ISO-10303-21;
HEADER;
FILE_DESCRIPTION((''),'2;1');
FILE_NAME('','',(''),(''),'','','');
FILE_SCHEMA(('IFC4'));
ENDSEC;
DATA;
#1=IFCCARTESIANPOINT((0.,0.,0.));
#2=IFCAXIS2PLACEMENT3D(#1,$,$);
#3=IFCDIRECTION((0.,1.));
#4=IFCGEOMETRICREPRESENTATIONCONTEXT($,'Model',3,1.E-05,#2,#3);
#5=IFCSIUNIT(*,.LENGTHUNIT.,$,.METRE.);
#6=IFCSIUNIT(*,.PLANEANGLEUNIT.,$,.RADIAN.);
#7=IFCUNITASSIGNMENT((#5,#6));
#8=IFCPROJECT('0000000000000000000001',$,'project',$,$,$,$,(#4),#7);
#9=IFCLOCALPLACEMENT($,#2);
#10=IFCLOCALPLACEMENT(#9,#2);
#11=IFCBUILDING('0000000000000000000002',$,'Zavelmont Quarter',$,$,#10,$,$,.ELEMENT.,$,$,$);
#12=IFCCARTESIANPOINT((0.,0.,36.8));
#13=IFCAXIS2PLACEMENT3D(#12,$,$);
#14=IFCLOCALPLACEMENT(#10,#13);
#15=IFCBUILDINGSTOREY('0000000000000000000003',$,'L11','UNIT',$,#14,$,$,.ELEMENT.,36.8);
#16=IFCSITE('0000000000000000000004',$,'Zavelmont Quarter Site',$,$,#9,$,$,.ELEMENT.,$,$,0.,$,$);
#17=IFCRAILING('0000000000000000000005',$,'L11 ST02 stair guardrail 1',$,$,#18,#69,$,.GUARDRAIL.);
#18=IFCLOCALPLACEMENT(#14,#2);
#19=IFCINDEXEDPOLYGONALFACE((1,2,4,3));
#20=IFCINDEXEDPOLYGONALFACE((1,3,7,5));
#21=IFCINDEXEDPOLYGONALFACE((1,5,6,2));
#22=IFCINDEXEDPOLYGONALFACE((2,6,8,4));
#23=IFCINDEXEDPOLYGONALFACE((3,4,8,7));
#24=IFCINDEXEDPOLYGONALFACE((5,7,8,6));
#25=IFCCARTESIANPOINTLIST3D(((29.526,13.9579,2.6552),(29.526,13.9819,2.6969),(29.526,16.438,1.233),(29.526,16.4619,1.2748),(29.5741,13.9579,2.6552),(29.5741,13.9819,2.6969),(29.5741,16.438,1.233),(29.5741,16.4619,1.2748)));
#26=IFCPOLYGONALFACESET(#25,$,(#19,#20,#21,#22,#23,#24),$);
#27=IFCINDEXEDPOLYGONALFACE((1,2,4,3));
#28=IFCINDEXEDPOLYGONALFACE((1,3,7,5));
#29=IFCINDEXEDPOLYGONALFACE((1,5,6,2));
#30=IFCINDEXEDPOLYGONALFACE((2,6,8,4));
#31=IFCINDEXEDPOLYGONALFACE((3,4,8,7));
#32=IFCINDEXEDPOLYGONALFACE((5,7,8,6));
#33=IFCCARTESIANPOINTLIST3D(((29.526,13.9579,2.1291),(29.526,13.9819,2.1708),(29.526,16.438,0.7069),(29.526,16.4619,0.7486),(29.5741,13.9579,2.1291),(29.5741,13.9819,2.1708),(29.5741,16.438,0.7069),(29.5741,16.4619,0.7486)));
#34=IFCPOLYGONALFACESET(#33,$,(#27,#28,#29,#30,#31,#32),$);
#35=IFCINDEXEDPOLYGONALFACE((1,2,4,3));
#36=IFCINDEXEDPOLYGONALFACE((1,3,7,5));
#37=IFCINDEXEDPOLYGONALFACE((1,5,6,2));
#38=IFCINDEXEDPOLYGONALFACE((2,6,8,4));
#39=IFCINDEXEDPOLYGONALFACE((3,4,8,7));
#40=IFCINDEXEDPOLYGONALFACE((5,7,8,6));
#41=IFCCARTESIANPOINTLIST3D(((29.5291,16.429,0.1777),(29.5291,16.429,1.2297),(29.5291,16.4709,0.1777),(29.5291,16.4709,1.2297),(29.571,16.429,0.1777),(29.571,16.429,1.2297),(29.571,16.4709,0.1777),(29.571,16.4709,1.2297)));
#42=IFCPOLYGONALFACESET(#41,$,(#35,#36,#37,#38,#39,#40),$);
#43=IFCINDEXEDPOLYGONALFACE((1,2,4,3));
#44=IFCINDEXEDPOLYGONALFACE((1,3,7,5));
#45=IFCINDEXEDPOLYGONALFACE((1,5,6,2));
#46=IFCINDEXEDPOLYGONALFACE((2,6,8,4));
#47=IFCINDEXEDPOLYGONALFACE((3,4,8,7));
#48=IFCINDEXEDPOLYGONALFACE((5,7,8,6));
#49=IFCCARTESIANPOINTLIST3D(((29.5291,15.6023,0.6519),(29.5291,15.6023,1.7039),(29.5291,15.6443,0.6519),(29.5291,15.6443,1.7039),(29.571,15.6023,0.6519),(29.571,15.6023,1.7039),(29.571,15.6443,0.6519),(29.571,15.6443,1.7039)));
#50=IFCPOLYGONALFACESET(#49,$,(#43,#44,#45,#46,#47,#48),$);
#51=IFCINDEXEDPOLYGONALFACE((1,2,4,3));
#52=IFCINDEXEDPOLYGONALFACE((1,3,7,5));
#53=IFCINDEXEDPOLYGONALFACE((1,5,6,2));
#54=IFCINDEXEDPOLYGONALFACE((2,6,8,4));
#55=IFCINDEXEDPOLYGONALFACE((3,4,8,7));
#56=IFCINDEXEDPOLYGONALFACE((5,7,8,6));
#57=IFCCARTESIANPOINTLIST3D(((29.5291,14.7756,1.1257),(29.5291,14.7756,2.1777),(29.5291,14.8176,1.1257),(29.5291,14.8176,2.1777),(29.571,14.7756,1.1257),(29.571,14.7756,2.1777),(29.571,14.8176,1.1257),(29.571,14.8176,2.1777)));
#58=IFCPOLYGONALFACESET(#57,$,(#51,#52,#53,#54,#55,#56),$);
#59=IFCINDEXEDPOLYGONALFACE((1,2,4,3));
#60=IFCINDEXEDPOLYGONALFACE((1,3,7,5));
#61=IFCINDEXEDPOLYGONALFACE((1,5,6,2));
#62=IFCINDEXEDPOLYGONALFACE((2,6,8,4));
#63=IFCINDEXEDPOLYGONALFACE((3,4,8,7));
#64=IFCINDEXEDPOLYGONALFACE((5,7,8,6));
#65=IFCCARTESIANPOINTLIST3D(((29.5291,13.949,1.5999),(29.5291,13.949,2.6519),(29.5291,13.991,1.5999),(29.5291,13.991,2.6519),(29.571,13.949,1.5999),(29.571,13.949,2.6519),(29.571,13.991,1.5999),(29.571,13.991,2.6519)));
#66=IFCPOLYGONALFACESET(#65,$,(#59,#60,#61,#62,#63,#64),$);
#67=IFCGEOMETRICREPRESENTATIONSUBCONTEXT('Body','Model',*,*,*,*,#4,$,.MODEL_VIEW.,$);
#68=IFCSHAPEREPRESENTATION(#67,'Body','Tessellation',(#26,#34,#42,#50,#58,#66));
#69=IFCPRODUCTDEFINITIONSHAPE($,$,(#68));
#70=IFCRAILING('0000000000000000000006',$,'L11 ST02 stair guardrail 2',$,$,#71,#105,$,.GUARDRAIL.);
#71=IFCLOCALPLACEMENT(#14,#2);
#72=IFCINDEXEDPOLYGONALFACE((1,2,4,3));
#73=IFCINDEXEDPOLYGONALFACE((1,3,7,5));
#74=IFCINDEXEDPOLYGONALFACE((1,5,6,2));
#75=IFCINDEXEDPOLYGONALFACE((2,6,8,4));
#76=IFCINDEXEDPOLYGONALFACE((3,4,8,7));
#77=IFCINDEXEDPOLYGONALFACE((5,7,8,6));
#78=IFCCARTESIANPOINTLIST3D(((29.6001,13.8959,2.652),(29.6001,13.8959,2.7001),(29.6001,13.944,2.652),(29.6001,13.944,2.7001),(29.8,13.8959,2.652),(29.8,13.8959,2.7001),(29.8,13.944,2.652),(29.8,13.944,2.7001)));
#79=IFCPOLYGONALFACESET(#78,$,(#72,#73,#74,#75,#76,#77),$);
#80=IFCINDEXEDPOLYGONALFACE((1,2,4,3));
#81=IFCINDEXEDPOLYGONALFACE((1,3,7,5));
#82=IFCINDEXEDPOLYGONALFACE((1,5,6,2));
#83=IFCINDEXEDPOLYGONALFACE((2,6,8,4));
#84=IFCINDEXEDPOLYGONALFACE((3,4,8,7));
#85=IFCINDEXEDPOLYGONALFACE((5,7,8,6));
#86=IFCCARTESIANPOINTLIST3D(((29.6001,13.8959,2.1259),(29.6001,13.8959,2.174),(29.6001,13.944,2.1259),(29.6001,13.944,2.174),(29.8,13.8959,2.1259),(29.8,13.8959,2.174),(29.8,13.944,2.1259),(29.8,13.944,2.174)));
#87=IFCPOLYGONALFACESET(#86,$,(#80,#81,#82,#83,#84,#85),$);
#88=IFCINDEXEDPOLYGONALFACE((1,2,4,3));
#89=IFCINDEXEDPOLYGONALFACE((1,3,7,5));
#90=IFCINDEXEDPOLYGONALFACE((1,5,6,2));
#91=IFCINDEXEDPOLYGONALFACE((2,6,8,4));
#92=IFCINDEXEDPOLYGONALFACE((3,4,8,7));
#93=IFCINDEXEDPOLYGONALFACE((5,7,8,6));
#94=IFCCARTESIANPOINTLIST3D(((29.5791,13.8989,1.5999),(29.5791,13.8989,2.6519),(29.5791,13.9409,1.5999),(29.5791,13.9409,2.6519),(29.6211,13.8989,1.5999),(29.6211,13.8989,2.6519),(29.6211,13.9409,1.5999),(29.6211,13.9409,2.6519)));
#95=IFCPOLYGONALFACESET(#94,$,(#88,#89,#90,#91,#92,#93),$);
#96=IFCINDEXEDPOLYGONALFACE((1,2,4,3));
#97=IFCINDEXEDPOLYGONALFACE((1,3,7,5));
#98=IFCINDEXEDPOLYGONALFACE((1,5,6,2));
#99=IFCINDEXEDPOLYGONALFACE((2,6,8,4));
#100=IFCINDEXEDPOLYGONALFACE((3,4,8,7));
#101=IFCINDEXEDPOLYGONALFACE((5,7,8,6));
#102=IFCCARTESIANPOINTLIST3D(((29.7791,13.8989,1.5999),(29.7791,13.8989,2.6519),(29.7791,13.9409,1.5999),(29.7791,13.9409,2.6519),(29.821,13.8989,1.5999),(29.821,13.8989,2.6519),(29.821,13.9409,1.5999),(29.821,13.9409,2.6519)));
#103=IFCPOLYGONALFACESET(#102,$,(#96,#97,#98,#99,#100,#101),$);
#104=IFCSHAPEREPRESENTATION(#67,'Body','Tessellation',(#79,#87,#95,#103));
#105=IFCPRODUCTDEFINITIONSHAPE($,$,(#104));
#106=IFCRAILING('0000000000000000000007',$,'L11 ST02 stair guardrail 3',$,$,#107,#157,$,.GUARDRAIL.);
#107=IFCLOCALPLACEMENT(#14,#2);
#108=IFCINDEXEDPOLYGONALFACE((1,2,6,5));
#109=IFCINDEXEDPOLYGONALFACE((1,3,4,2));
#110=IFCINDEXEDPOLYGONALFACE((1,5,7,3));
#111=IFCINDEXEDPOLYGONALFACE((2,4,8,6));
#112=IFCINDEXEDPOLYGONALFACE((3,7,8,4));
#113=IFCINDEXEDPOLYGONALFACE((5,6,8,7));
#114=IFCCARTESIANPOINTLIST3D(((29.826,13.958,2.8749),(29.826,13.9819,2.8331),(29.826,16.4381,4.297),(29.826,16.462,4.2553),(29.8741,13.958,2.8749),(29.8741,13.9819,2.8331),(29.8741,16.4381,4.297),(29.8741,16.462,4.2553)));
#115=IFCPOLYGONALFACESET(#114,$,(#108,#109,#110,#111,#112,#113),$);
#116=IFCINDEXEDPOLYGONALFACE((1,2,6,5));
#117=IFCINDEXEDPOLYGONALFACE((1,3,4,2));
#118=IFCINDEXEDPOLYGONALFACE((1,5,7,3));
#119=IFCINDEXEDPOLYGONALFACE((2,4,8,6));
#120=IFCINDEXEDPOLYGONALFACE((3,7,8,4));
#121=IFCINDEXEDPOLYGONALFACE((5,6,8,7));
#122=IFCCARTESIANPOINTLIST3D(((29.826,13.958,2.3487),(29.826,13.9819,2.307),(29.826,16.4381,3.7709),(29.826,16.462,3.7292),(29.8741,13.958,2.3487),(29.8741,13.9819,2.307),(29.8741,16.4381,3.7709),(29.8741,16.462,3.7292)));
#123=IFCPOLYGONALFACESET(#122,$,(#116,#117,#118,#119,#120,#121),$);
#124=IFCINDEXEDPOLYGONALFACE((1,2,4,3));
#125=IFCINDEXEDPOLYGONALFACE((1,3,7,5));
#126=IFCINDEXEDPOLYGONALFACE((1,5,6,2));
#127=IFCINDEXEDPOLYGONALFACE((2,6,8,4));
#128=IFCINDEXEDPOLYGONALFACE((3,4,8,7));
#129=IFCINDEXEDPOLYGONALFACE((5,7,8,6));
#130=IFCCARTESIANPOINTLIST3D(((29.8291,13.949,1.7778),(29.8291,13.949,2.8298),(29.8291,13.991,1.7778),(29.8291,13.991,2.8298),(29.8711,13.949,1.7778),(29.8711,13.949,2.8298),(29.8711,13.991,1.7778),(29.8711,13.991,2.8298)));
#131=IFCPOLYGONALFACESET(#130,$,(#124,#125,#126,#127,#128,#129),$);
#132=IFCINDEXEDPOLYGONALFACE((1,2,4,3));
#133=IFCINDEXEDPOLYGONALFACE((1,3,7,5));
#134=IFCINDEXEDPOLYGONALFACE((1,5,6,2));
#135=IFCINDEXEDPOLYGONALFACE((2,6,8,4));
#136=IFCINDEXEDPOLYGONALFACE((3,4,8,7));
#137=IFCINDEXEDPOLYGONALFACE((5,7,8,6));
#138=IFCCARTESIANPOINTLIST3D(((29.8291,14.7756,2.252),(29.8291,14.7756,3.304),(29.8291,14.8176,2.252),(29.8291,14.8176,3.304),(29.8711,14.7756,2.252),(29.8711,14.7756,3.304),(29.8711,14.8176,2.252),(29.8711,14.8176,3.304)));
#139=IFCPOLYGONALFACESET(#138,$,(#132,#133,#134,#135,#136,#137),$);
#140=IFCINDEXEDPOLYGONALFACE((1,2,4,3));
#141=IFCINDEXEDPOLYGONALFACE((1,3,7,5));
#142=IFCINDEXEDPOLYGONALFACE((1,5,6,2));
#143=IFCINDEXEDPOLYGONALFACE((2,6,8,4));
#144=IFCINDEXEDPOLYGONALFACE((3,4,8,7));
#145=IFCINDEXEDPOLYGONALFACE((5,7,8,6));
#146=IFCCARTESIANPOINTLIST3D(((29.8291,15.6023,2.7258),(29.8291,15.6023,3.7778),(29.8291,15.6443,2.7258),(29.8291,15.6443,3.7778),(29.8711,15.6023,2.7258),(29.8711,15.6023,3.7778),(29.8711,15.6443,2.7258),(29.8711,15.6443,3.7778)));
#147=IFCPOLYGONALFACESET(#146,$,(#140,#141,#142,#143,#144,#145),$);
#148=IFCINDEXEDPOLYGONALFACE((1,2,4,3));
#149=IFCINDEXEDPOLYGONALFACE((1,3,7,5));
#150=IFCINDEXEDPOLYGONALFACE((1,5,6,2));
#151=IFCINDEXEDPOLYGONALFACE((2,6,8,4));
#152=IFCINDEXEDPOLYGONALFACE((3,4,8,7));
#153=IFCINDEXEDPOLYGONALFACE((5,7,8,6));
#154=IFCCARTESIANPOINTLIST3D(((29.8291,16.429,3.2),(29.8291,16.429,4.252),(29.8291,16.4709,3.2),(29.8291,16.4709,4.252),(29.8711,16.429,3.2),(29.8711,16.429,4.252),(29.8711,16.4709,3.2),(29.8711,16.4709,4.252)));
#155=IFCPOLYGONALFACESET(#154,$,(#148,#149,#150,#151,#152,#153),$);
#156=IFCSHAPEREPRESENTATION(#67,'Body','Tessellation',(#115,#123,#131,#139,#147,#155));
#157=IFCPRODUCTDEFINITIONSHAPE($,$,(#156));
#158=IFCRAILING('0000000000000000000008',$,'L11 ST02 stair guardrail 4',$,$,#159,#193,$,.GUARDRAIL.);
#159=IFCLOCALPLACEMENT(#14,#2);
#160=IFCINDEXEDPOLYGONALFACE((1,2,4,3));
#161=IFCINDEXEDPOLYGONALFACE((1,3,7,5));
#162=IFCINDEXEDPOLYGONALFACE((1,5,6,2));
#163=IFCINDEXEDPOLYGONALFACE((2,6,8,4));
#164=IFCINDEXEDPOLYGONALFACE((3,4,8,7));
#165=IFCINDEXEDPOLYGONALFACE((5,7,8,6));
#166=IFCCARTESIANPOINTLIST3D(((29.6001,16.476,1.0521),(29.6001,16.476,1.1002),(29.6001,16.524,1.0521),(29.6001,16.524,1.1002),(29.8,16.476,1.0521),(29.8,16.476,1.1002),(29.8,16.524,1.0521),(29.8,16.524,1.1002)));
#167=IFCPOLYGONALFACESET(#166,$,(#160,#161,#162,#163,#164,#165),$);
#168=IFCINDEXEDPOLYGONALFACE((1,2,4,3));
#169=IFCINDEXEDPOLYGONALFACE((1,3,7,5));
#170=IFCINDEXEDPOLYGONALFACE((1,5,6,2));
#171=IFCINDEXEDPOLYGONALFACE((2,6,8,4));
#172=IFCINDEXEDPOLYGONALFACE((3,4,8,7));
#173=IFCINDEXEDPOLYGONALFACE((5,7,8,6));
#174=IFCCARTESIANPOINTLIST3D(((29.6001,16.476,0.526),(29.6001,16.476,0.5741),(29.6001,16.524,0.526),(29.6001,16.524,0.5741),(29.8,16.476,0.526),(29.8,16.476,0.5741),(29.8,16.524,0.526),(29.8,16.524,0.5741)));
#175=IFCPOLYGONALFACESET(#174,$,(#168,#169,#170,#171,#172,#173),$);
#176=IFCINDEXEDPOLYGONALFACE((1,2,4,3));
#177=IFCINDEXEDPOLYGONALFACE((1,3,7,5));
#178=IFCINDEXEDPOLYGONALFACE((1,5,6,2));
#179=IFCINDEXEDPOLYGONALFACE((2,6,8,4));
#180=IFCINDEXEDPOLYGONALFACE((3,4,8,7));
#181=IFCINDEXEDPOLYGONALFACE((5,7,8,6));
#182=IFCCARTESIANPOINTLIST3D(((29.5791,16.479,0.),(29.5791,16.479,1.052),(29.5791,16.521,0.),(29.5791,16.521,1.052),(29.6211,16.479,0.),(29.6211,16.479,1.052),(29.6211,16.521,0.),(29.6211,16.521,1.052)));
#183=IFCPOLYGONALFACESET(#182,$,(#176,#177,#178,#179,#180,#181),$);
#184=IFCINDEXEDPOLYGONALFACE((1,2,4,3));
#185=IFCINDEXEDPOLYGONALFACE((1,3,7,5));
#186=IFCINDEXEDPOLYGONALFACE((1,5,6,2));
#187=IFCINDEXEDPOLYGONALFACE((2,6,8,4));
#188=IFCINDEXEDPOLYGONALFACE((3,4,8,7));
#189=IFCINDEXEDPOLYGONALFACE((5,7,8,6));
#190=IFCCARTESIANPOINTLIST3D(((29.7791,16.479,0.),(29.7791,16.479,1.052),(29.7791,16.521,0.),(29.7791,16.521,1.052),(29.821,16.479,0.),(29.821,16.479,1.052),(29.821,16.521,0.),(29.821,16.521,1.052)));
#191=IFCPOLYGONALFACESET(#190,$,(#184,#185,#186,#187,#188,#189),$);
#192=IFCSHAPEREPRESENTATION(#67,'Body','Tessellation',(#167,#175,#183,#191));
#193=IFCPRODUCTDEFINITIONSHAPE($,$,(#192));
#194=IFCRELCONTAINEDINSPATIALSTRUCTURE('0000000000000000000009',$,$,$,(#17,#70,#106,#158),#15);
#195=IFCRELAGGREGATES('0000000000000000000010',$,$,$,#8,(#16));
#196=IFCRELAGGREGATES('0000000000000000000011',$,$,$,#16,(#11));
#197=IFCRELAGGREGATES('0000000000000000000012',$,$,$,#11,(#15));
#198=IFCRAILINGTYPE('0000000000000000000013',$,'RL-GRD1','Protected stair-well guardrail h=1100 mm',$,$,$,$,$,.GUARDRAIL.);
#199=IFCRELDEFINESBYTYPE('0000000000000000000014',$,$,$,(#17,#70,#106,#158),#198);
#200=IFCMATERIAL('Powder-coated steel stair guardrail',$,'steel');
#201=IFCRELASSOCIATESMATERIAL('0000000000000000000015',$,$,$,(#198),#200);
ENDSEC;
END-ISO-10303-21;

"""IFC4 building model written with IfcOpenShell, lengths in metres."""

from ifc_helpers import new_model, si_unit, direction, frame, origin, origin_2d, place, context, subcontext, project, spatial, rectangle, extrude, material, type_object, element, save


model = new_model("IFC4")

# Units and contexts
model_context = context("Model", 3, precision=1e-05, world=origin(), true_north=direction((0.0, 1.0)))
body_context = subcontext(model_context, "Body", "Model", "MODEL_VIEW")
ifc_project = project(units=[si_unit("LENGTHUNIT", "METRE"), si_unit("PLANEANGLEUNIT", "RADIAN")], contexts=[model_context])

# Site, building, storey
site_placement = place(None, origin())
site = spatial("IfcSite", under=ifc_project, at=site_placement, Name="Zavelmont Quarter Site", CompositionType="ELEMENT", RefElevation=0.0)
building_placement = place(site_placement, origin())
building = spatial("IfcBuilding", under=site, at=building_placement, Name="Zavelmont Quarter", CompositionType="ELEMENT")
storey_placement = place(building_placement, frame((0.0, 0.0, 36.8)))
storey = spatial("IfcBuildingStorey", under=building, at=storey_placement, Name="L11", Description="UNIT", CompositionType="ELEMENT", Elevation=36.8)

# Railings
ifc_material_1 = material(Name="Powder-coated steel stair guardrail", Category="steel")
railing_type_1 = type_object("IfcRailingType", Name="RL-GRD1", Description="Protected stair-well guardrail h=1100 mm", PredefinedType="GUARDRAIL", material=ifc_material_1)
railing_1_placement = place(storey_placement, frame((29.55, 16.45, 0.1777)))
element("IfcRailing", 1, at=railing_1_placement, inside=storey, type_object=railing_type_1, Name="L11 ST02 stair guardrail 1", PredefinedType="GUARDRAIL", context=body_context, shape_type="SweptSolid", body=[
    extrude(rectangle(XDim=0.0481, YDim=0.0481, at=origin_2d()), frame((0.0, 0.0, 1.0762), z_axis=(0.0, -0.867491, 0.497454), x_axis=(1.0, 0.0, 0.0)), (0.0, 0.0, 1.0), 2.8589),
    extrude(rectangle(XDim=0.0481, YDim=0.0481, at=origin_2d()), frame((0.0, 0.0, 0.55), z_axis=(0.0, -0.867491, 0.497454), x_axis=(1.0, 0.0, 0.0)), (0.0, 0.0, 1.0), 2.8589),
    extrude(rectangle(XDim=0.042, YDim=0.042, at=origin_2d()), origin(), (0.0, 0.0, 1.0), 1.052),
    extrude(rectangle(XDim=0.042, YDim=0.042, at=origin_2d()), frame((0.0, -0.8267, 0.4741)), (0.0, 0.0, 1.0), 1.052),
    extrude(rectangle(XDim=0.042, YDim=0.042, at=origin_2d()), frame((0.0, -1.6533, 0.948)), (0.0, 0.0, 1.0), 1.052),
    extrude(rectangle(XDim=0.042, YDim=0.042, at=origin_2d()), frame((0.0, -2.48, 1.4221)), (0.0, 0.0, 1.0), 1.052),
])
railing_2_placement = place(storey_placement, frame((29.6001, 13.9199, 1.5999)))
element("IfcRailing", 2, at=railing_2_placement, inside=storey, type_object=railing_type_1, Name="L11 ST02 stair guardrail 2", PredefinedType="GUARDRAIL", context=body_context, shape_type="SweptSolid", body=[
    extrude(rectangle(XDim=0.0481, YDim=0.0481, at=origin_2d()), frame((0.0, 0.0, 1.0762), z_axis=(1.0, 0.0, 0.0), x_axis=(0.0, 1.0, 0.0)), (0.0, 0.0, 1.0), 0.2),
    extrude(rectangle(XDim=0.0481, YDim=0.0481, at=origin_2d()), frame((0.0, 0.0, 0.55), z_axis=(1.0, 0.0, 0.0), x_axis=(0.0, 1.0, 0.0)), (0.0, 0.0, 1.0), 0.2),
    extrude(rectangle(XDim=0.042, YDim=0.042, at=origin_2d()), origin(), (0.0, 0.0, 1.0), 1.052),
    extrude(rectangle(XDim=0.042, YDim=0.042, at=origin_2d()), frame((0.2, 0.0, 0.0)), (0.0, 0.0, 1.0), 1.052),
])
railing_3_placement = place(storey_placement, frame((29.8501, 13.97, 1.7778)))
element("IfcRailing", 3, at=railing_3_placement, inside=storey, type_object=railing_type_1, Name="L11 ST02 stair guardrail 3", PredefinedType="GUARDRAIL", context=body_context, shape_type="SweptSolid", body=[
    extrude(rectangle(XDim=0.0481, YDim=0.0481, at=origin_2d()), frame((0.0, 0.0, 1.0762), z_axis=(0.0, 0.867491, 0.497454), x_axis=(-1.0, 0.0, 0.0)), (0.0, 0.0, 1.0), 2.8589),
    extrude(rectangle(XDim=0.0481, YDim=0.0481, at=origin_2d()), frame((0.0, 0.0, 0.55), z_axis=(0.0, 0.867491, 0.497454), x_axis=(-1.0, 0.0, 0.0)), (0.0, 0.0, 1.0), 2.8589),
    extrude(rectangle(XDim=0.042, YDim=0.042, at=origin_2d()), origin(), (0.0, 0.0, 1.0), 1.052),
    extrude(rectangle(XDim=0.042, YDim=0.042, at=origin_2d()), frame((0.0, 0.8267, 0.4741)), (0.0, 0.0, 1.0), 1.052),
    extrude(rectangle(XDim=0.042, YDim=0.042, at=origin_2d()), frame((0.0, 1.6533, 0.948)), (0.0, 0.0, 1.0), 1.052),
    extrude(rectangle(XDim=0.042, YDim=0.042, at=origin_2d()), frame((0.0, 2.48, 1.4221)), (0.0, 0.0, 1.0), 1.052),
])
railing_4_placement = place(storey_placement, frame((29.6001, 16.5, 0.0)))
element("IfcRailing", 4, at=railing_4_placement, inside=storey, type_object=railing_type_1, Name="L11 ST02 stair guardrail 4", PredefinedType="GUARDRAIL", context=body_context, shape_type="SweptSolid", body=[
    extrude(rectangle(XDim=0.0481, YDim=0.0481, at=origin_2d()), frame((0.0, 0.0, 1.0762), z_axis=(1.0, 0.0, 0.0), x_axis=(0.0, 1.0, 0.0)), (0.0, 0.0, 1.0), 0.2),
    extrude(rectangle(XDim=0.0481, YDim=0.0481, at=origin_2d()), frame((0.0, 0.0, 0.55), z_axis=(1.0, 0.0, 0.0), x_axis=(0.0, 1.0, 0.0)), (0.0, 0.0, 1.0), 0.2),
    extrude(rectangle(XDim=0.042, YDim=0.042, at=origin_2d()), origin(), (0.0, 0.0, 1.0), 1.052),
    extrude(rectangle(XDim=0.042, YDim=0.042, at=origin_2d()), frame((0.2, 0.0, 0.0)), (0.0, 0.0, 1.0), 1.052),
])

save(model, "model.ifc")
